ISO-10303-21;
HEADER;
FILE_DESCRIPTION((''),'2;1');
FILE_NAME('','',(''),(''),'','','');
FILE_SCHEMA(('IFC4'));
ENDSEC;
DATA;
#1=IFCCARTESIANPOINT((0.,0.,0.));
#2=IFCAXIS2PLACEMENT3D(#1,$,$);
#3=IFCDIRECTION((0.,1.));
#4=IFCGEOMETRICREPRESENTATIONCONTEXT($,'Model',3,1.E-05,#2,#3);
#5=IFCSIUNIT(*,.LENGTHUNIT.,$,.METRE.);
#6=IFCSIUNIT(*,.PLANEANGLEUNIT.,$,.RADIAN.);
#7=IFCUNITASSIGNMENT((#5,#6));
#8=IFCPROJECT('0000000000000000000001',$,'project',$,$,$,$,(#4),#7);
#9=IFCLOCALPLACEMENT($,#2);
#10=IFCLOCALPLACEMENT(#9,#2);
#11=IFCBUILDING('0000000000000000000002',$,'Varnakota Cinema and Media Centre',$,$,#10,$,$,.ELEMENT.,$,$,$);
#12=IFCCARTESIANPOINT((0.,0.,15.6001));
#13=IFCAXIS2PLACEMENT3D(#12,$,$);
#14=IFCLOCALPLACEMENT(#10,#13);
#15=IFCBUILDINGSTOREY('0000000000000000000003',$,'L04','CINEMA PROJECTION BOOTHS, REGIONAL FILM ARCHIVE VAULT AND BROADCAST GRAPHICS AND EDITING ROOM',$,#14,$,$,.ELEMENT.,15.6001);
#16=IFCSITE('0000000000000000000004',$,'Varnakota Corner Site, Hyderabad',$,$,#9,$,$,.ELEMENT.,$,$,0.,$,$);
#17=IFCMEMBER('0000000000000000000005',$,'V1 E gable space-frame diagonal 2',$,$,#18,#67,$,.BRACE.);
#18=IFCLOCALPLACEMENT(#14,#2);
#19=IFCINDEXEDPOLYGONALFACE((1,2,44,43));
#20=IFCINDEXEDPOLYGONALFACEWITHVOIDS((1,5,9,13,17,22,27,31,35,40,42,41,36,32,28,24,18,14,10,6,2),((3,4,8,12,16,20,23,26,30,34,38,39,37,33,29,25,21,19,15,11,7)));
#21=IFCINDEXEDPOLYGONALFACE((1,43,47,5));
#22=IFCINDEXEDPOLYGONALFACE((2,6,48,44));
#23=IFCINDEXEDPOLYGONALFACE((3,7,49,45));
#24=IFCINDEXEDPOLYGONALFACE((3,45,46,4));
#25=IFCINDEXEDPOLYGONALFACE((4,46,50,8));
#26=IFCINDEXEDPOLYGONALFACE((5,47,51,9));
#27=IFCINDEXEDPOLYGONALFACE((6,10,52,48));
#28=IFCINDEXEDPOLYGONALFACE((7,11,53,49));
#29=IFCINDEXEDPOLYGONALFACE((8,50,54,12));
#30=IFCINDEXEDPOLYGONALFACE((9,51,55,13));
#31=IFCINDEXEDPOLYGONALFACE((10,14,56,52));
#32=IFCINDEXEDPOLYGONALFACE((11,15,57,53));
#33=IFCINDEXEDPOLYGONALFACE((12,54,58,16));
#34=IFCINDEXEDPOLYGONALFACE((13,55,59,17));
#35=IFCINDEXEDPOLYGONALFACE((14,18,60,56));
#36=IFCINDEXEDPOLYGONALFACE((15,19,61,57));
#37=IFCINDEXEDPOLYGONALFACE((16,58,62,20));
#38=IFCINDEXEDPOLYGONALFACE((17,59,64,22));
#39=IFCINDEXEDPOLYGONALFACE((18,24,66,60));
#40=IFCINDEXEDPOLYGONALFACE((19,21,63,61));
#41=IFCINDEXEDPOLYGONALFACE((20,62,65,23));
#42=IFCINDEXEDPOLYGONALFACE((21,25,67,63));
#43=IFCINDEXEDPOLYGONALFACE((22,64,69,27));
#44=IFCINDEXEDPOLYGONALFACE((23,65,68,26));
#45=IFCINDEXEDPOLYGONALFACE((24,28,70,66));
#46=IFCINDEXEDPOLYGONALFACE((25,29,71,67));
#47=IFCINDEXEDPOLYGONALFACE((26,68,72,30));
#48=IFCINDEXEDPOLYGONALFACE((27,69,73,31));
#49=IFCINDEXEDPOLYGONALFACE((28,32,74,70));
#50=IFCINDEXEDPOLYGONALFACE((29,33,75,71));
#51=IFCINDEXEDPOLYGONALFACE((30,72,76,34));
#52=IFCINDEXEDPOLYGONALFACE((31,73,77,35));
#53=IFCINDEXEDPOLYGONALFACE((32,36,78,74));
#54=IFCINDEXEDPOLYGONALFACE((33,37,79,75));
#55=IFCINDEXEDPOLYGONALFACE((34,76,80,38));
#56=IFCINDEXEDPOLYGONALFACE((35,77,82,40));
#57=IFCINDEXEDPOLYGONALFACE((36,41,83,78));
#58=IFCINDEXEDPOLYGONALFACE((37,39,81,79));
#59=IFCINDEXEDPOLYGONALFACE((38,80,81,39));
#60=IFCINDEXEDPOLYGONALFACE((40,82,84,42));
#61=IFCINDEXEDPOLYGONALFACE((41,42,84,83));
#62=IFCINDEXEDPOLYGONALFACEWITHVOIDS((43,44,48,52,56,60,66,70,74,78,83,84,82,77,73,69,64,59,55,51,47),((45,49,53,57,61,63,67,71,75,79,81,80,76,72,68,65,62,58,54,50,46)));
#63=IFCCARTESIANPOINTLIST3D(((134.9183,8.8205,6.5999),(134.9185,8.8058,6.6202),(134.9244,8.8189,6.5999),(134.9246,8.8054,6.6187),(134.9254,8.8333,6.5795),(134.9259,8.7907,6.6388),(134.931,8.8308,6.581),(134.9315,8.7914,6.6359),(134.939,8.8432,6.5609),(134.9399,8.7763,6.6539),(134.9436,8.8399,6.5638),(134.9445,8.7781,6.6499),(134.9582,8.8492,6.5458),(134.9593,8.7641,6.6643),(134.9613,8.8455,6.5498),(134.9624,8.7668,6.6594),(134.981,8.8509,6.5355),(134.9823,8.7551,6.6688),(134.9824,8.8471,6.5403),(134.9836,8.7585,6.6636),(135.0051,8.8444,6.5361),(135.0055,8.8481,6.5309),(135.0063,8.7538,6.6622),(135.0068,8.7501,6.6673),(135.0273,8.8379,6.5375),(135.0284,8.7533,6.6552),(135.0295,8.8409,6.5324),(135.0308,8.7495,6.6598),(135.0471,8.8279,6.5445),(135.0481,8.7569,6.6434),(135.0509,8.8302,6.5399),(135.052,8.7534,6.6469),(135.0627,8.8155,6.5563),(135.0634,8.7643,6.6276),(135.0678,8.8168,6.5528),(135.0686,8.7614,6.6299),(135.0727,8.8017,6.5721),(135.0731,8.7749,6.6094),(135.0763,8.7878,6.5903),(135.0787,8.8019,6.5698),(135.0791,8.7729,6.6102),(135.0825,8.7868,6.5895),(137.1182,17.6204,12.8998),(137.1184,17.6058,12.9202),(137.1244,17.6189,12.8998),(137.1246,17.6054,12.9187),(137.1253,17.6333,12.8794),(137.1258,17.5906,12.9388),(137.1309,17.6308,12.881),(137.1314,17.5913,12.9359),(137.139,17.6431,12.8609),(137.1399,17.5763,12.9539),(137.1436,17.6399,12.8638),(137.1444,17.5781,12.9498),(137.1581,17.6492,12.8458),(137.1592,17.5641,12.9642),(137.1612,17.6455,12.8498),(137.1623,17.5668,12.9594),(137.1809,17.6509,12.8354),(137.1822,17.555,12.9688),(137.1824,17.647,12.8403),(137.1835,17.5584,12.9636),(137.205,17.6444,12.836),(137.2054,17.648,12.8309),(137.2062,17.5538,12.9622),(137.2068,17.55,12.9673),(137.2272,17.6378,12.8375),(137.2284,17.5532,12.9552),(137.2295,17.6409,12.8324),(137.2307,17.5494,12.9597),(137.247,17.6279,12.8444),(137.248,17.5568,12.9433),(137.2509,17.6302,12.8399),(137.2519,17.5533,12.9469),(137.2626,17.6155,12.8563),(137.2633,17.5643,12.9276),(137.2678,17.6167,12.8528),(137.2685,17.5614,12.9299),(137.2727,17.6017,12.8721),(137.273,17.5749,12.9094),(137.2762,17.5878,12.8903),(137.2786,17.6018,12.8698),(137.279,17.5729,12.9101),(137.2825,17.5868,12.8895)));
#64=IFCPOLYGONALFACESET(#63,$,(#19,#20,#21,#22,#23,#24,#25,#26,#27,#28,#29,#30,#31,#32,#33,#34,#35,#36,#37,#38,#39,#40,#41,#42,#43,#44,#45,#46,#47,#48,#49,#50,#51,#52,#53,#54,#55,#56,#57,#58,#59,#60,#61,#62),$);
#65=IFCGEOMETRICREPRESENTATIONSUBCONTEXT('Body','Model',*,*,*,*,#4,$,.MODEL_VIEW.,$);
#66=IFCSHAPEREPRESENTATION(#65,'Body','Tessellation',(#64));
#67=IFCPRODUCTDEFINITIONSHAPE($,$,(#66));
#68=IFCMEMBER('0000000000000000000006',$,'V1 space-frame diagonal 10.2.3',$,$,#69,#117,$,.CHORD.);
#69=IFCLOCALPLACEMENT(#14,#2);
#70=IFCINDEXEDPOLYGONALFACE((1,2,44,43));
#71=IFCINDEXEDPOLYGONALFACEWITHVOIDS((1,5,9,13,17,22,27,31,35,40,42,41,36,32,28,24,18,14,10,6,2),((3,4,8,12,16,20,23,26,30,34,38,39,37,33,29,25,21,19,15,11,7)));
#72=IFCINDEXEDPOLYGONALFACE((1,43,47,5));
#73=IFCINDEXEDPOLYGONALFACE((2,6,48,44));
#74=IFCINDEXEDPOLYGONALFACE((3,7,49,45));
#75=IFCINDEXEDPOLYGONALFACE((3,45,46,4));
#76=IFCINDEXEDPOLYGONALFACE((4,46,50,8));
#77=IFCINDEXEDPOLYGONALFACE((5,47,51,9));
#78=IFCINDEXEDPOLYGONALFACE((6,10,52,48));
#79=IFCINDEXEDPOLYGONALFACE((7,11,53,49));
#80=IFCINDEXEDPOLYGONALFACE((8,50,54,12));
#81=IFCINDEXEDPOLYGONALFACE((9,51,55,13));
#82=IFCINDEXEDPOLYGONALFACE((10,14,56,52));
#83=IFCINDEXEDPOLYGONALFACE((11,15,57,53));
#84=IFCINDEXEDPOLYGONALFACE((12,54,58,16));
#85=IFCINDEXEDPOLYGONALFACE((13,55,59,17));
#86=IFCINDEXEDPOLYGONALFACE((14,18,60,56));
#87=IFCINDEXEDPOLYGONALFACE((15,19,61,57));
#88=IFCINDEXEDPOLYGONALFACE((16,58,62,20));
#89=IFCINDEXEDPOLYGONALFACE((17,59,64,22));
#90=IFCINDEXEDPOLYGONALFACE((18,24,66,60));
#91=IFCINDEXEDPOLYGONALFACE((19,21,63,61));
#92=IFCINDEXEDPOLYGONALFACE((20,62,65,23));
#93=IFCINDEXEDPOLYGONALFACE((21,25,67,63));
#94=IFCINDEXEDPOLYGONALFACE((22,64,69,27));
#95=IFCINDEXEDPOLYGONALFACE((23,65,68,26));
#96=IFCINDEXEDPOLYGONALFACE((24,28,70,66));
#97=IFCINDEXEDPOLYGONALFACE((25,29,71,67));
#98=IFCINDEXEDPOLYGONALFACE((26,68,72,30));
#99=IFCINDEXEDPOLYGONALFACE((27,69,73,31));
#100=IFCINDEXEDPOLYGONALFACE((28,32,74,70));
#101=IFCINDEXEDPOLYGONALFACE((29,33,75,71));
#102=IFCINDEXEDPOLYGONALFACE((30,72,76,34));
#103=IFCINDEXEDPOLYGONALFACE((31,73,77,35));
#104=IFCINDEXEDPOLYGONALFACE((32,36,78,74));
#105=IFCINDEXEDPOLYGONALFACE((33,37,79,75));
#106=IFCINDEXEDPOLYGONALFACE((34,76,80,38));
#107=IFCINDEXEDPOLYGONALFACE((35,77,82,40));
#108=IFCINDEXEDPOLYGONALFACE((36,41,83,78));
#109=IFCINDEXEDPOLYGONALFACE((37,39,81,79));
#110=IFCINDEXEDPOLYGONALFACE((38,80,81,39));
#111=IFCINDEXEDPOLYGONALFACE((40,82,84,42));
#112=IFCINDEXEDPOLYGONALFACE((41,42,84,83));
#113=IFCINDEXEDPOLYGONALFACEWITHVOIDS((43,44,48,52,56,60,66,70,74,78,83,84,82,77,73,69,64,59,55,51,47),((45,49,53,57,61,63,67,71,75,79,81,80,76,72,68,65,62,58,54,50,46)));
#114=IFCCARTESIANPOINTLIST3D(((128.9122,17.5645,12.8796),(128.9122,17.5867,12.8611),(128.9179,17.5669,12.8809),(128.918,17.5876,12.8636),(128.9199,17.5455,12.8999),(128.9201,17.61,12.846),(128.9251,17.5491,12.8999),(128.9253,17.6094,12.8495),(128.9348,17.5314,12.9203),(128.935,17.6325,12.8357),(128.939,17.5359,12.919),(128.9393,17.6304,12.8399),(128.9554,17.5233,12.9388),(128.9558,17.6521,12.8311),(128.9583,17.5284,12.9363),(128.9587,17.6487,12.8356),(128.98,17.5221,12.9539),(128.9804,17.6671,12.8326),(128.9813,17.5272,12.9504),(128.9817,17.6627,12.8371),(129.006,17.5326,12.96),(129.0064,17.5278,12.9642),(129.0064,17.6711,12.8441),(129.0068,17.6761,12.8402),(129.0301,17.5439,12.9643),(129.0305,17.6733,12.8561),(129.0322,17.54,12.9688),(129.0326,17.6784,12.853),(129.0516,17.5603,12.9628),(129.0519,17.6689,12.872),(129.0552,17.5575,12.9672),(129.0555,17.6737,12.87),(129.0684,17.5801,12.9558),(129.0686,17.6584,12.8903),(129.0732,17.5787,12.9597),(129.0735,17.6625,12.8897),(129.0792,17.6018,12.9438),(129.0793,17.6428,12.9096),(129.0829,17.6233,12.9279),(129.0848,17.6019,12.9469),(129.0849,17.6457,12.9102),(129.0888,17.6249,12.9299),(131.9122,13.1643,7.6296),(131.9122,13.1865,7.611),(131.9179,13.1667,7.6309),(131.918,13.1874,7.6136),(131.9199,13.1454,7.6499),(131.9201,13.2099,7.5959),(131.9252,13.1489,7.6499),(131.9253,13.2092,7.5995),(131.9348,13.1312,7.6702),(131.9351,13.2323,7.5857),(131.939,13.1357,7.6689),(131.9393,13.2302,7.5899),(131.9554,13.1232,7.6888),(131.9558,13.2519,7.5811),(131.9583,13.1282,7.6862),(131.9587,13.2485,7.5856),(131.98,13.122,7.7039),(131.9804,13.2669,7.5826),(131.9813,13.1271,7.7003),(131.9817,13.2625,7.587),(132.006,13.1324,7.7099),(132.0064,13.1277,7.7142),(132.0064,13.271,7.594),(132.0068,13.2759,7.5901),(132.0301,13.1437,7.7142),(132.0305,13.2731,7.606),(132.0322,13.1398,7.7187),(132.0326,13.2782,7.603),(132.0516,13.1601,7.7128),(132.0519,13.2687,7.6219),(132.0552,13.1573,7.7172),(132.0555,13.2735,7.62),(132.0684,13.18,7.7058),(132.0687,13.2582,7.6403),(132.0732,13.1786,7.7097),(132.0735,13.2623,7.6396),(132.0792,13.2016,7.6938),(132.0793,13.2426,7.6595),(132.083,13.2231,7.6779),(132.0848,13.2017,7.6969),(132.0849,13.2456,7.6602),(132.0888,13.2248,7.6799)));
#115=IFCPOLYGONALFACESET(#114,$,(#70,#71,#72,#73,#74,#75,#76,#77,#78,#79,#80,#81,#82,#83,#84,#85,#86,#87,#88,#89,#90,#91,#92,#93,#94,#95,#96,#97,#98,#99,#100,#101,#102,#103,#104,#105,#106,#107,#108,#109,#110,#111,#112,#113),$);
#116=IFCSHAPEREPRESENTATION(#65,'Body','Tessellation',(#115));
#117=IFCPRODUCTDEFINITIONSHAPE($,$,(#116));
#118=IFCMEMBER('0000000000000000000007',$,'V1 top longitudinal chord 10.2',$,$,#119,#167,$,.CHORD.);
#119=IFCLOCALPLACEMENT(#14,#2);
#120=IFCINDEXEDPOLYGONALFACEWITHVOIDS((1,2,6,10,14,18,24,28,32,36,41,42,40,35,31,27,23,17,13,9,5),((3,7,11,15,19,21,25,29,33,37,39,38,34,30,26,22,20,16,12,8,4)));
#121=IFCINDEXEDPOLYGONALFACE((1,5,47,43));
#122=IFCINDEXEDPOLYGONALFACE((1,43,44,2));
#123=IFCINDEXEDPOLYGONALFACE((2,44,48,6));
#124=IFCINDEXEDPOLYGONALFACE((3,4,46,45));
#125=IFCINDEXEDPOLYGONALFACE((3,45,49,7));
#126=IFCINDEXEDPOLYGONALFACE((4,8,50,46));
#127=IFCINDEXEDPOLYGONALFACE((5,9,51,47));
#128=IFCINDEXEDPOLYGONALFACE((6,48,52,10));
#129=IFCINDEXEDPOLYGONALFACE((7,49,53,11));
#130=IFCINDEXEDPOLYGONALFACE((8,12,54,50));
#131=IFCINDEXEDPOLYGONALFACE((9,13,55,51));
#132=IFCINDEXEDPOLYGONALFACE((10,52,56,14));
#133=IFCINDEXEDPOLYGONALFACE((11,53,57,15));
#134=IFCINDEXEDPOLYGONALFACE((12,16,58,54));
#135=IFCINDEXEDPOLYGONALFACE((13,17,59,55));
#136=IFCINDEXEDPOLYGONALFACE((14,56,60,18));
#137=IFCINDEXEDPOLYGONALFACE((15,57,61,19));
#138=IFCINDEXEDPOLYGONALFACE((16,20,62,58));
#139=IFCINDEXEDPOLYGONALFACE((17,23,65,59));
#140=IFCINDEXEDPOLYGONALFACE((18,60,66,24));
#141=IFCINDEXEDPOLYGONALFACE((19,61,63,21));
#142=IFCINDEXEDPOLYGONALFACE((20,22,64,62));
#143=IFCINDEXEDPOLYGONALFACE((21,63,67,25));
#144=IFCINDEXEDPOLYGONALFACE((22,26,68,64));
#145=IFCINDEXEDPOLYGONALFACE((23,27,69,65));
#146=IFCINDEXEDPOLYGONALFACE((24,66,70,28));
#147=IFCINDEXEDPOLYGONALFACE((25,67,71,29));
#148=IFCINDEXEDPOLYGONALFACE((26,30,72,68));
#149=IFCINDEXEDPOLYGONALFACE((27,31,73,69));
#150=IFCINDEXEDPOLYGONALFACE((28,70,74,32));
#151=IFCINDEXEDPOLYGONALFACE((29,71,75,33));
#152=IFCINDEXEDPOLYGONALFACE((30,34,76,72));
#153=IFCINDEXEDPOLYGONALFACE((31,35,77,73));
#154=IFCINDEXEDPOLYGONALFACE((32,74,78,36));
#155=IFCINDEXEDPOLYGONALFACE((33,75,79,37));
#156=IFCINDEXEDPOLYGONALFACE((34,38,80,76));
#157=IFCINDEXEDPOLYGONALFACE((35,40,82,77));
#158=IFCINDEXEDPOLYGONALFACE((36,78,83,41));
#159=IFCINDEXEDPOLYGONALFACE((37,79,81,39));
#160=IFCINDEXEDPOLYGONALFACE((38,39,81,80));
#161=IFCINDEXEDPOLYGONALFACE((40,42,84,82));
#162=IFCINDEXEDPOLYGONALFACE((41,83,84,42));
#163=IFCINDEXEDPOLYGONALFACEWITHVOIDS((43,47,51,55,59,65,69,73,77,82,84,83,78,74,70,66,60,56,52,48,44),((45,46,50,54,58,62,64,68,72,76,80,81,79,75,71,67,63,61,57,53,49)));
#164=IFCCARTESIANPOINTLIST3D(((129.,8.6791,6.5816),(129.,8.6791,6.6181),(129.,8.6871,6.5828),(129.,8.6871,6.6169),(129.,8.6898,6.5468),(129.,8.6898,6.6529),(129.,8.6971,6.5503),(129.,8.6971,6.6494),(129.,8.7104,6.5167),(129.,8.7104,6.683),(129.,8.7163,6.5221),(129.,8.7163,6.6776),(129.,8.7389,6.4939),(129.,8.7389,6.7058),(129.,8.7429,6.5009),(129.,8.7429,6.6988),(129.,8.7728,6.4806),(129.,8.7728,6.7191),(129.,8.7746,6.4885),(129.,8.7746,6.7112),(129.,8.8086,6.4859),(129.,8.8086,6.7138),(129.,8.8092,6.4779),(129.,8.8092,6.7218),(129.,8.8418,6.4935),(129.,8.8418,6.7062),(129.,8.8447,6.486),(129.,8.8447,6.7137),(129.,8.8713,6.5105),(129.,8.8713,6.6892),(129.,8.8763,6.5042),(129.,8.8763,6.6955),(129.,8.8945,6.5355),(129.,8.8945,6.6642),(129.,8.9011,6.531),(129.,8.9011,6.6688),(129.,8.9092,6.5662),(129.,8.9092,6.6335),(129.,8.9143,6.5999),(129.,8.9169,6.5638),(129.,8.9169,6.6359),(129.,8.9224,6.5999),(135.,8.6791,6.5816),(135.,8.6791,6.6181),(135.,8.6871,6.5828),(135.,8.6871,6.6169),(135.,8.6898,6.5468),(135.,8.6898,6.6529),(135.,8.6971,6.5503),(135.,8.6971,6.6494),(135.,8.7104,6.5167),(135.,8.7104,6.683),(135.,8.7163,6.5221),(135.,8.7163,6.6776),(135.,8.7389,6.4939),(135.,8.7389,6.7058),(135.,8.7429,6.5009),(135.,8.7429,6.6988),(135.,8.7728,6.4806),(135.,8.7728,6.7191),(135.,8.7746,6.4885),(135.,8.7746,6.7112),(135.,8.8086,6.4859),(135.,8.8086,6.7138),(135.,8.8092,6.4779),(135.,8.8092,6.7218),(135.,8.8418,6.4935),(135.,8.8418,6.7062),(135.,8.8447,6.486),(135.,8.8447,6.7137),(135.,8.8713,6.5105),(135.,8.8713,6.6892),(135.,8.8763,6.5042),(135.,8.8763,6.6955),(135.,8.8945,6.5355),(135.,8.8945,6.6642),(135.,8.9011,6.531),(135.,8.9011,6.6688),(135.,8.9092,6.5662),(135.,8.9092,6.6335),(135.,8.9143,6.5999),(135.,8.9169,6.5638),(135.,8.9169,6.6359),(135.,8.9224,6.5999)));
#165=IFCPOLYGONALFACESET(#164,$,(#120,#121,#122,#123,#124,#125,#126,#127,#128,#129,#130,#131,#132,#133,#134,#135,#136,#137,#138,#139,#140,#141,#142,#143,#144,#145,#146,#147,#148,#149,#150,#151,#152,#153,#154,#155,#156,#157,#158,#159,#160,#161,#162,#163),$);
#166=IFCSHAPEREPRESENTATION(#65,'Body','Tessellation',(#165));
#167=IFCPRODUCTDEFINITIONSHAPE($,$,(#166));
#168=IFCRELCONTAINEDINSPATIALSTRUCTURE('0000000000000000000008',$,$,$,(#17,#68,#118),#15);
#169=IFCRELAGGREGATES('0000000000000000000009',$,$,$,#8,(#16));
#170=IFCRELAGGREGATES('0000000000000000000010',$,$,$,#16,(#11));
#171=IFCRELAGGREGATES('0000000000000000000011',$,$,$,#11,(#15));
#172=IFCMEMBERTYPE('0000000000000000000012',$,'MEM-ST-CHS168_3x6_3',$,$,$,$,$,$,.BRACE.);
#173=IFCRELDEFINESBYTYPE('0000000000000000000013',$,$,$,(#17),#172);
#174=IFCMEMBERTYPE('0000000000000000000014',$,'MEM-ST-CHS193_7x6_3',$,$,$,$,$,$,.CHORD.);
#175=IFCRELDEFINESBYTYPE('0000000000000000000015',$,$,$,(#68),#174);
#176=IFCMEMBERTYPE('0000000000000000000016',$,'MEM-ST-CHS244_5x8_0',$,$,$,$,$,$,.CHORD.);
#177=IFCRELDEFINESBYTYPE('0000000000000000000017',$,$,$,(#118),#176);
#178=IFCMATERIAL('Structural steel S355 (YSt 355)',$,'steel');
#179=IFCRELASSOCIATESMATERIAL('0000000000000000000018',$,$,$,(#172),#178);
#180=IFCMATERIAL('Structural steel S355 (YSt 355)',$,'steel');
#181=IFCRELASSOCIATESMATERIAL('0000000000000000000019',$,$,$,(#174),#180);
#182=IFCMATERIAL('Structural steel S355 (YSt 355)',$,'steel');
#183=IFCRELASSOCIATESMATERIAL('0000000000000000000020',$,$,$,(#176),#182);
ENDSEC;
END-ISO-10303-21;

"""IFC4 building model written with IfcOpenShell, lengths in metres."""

from ifc_helpers import new_model, si_unit, direction, frame, origin, origin_2d, place, context, subcontext, project, spatial, hollow_circle, extrude, material, material_profile, profile_set, type_object, element, save


model = new_model("IFC4")

# Units and contexts
model_context = context("Model", 3, precision=1e-05, world=origin(), true_north=direction((0.0, 1.0)))
body_context = subcontext(model_context, "Body", "Model", "MODEL_VIEW")
ifc_project = project(units=[si_unit("LENGTHUNIT", "METRE"), si_unit("PLANEANGLEUNIT", "RADIAN")], contexts=[model_context])

# Site, building, storey
site_placement = place(None, origin())
site = spatial("IfcSite", under=ifc_project, at=site_placement, Name="Varnakota Corner Site, Hyderabad", CompositionType="ELEMENT", RefElevation=0.0)
building_placement = place(site_placement, origin())
building = spatial("IfcBuilding", under=site, at=building_placement, Name="Varnakota Cinema and Media Centre", CompositionType="ELEMENT")
storey_placement = place(building_placement, frame((0.0, 0.0, 15.6001)))
storey = spatial("IfcBuildingStorey", under=building, at=storey_placement, Name="L04", Description="CINEMA PROJECTION BOOTHS, REGIONAL FILM ARCHIVE VAULT AND BROADCAST GRAPHICS AND EDITING ROOM", CompositionType="ELEMENT", Elevation=15.6001)

# Members
ifc_material_1 = material(Name="Structural steel S355 (YSt 355)", Category="steel")
ifc_material_profile_1 = material_profile(ifc_material_1, hollow_circle(Radius=0.0842, WallThickness=0.0063, at=origin_2d()), Name="CHS 168.3x6.3")
ifc_profile_set_1 = profile_set([ifc_material_profile_1], Name="Structural steel S355 (YSt 355)")
member_type_1 = type_object("IfcMemberType", Name="MEM-ST-CHS168_3x6_3", PredefinedType="BRACE", material=ifc_profile_set_1)
member_1_placement = place(storey_placement, frame((135.0, 8.8, 6.5999), z_axis=(0.199198, 0.796813, 0.570447), x_axis=(-0.970144, 0.242529, 0.0)))
element("IfcMember", 1, at=member_1_placement, inside=storey, type_object=member_type_1, Name="V1 E gable space-frame diagonal 2", PredefinedType="BRACE", context=body_context, shape_type="SweptSolid", body=[
    extrude(hollow_circle(Radius=0.0842, WallThickness=0.0063, at=origin_2d()), origin(), (0.0, 0.0, 1.0), 11.0439),
])
ifc_material_2 = material(Name="Structural steel S355 (YSt 355)", Category="steel")
ifc_material_profile_2 = material_profile(ifc_material_2, hollow_circle(Radius=0.0969, WallThickness=0.0063, at=origin_2d()), Name="CHS 193.7x6.3")
ifc_profile_set_2 = profile_set([ifc_material_profile_2], Name="Structural steel S355 (YSt 355)")
member_type_2 = type_object("IfcMemberType", Name="MEM-ST-CHS193_7x6_3", PredefinedType="CHORD", material=ifc_profile_set_2)
member_2_placement = place(storey_placement, frame((132.0, 13.2, 7.6499), z_axis=(-0.401165, 0.588395, 0.702039), x_axis=(-0.826236, -0.563324, 0.0)))
element("IfcMember", 2, at=member_2_placement, inside=storey, type_object=member_type_2, Name="V1 space-frame diagonal 10.2.3", PredefinedType="CHORD", context=body_context, shape_type="SweptSolid", body=[
    extrude(hollow_circle(Radius=0.0969, WallThickness=0.0063, at=origin_2d()), origin(), (0.0, 0.0, 1.0), 7.4783),
])
ifc_material_3 = material(Name="Structural steel S355 (YSt 355)", Category="steel")
ifc_material_profile_3 = material_profile(ifc_material_3, hollow_circle(Radius=0.1223, WallThickness=0.0081, at=origin_2d()), Name="CHS 244.5x8.0")
ifc_profile_set_3 = profile_set([ifc_material_profile_3], Name="Structural steel S355 (YSt 355)")
member_type_3 = type_object("IfcMemberType", Name="MEM-ST-CHS244_5x8_0", PredefinedType="CHORD", material=ifc_profile_set_3)
member_3_placement = place(storey_placement, frame((129.0, 8.8, 6.5999), z_axis=(1.0, 0.0, 0.0), x_axis=(0.0, 1.0, 0.0)))
element("IfcMember", 3, at=member_3_placement, inside=storey, type_object=member_type_3, Name="V1 top longitudinal chord 10.2", PredefinedType="CHORD", context=body_context, shape_type="SweptSolid", body=[
    extrude(hollow_circle(Radius=0.1223, WallThickness=0.0081, at=origin_2d()), origin(), (0.0, 0.0, 1.0), 6.0),
])

save(model, "model.ifc")
